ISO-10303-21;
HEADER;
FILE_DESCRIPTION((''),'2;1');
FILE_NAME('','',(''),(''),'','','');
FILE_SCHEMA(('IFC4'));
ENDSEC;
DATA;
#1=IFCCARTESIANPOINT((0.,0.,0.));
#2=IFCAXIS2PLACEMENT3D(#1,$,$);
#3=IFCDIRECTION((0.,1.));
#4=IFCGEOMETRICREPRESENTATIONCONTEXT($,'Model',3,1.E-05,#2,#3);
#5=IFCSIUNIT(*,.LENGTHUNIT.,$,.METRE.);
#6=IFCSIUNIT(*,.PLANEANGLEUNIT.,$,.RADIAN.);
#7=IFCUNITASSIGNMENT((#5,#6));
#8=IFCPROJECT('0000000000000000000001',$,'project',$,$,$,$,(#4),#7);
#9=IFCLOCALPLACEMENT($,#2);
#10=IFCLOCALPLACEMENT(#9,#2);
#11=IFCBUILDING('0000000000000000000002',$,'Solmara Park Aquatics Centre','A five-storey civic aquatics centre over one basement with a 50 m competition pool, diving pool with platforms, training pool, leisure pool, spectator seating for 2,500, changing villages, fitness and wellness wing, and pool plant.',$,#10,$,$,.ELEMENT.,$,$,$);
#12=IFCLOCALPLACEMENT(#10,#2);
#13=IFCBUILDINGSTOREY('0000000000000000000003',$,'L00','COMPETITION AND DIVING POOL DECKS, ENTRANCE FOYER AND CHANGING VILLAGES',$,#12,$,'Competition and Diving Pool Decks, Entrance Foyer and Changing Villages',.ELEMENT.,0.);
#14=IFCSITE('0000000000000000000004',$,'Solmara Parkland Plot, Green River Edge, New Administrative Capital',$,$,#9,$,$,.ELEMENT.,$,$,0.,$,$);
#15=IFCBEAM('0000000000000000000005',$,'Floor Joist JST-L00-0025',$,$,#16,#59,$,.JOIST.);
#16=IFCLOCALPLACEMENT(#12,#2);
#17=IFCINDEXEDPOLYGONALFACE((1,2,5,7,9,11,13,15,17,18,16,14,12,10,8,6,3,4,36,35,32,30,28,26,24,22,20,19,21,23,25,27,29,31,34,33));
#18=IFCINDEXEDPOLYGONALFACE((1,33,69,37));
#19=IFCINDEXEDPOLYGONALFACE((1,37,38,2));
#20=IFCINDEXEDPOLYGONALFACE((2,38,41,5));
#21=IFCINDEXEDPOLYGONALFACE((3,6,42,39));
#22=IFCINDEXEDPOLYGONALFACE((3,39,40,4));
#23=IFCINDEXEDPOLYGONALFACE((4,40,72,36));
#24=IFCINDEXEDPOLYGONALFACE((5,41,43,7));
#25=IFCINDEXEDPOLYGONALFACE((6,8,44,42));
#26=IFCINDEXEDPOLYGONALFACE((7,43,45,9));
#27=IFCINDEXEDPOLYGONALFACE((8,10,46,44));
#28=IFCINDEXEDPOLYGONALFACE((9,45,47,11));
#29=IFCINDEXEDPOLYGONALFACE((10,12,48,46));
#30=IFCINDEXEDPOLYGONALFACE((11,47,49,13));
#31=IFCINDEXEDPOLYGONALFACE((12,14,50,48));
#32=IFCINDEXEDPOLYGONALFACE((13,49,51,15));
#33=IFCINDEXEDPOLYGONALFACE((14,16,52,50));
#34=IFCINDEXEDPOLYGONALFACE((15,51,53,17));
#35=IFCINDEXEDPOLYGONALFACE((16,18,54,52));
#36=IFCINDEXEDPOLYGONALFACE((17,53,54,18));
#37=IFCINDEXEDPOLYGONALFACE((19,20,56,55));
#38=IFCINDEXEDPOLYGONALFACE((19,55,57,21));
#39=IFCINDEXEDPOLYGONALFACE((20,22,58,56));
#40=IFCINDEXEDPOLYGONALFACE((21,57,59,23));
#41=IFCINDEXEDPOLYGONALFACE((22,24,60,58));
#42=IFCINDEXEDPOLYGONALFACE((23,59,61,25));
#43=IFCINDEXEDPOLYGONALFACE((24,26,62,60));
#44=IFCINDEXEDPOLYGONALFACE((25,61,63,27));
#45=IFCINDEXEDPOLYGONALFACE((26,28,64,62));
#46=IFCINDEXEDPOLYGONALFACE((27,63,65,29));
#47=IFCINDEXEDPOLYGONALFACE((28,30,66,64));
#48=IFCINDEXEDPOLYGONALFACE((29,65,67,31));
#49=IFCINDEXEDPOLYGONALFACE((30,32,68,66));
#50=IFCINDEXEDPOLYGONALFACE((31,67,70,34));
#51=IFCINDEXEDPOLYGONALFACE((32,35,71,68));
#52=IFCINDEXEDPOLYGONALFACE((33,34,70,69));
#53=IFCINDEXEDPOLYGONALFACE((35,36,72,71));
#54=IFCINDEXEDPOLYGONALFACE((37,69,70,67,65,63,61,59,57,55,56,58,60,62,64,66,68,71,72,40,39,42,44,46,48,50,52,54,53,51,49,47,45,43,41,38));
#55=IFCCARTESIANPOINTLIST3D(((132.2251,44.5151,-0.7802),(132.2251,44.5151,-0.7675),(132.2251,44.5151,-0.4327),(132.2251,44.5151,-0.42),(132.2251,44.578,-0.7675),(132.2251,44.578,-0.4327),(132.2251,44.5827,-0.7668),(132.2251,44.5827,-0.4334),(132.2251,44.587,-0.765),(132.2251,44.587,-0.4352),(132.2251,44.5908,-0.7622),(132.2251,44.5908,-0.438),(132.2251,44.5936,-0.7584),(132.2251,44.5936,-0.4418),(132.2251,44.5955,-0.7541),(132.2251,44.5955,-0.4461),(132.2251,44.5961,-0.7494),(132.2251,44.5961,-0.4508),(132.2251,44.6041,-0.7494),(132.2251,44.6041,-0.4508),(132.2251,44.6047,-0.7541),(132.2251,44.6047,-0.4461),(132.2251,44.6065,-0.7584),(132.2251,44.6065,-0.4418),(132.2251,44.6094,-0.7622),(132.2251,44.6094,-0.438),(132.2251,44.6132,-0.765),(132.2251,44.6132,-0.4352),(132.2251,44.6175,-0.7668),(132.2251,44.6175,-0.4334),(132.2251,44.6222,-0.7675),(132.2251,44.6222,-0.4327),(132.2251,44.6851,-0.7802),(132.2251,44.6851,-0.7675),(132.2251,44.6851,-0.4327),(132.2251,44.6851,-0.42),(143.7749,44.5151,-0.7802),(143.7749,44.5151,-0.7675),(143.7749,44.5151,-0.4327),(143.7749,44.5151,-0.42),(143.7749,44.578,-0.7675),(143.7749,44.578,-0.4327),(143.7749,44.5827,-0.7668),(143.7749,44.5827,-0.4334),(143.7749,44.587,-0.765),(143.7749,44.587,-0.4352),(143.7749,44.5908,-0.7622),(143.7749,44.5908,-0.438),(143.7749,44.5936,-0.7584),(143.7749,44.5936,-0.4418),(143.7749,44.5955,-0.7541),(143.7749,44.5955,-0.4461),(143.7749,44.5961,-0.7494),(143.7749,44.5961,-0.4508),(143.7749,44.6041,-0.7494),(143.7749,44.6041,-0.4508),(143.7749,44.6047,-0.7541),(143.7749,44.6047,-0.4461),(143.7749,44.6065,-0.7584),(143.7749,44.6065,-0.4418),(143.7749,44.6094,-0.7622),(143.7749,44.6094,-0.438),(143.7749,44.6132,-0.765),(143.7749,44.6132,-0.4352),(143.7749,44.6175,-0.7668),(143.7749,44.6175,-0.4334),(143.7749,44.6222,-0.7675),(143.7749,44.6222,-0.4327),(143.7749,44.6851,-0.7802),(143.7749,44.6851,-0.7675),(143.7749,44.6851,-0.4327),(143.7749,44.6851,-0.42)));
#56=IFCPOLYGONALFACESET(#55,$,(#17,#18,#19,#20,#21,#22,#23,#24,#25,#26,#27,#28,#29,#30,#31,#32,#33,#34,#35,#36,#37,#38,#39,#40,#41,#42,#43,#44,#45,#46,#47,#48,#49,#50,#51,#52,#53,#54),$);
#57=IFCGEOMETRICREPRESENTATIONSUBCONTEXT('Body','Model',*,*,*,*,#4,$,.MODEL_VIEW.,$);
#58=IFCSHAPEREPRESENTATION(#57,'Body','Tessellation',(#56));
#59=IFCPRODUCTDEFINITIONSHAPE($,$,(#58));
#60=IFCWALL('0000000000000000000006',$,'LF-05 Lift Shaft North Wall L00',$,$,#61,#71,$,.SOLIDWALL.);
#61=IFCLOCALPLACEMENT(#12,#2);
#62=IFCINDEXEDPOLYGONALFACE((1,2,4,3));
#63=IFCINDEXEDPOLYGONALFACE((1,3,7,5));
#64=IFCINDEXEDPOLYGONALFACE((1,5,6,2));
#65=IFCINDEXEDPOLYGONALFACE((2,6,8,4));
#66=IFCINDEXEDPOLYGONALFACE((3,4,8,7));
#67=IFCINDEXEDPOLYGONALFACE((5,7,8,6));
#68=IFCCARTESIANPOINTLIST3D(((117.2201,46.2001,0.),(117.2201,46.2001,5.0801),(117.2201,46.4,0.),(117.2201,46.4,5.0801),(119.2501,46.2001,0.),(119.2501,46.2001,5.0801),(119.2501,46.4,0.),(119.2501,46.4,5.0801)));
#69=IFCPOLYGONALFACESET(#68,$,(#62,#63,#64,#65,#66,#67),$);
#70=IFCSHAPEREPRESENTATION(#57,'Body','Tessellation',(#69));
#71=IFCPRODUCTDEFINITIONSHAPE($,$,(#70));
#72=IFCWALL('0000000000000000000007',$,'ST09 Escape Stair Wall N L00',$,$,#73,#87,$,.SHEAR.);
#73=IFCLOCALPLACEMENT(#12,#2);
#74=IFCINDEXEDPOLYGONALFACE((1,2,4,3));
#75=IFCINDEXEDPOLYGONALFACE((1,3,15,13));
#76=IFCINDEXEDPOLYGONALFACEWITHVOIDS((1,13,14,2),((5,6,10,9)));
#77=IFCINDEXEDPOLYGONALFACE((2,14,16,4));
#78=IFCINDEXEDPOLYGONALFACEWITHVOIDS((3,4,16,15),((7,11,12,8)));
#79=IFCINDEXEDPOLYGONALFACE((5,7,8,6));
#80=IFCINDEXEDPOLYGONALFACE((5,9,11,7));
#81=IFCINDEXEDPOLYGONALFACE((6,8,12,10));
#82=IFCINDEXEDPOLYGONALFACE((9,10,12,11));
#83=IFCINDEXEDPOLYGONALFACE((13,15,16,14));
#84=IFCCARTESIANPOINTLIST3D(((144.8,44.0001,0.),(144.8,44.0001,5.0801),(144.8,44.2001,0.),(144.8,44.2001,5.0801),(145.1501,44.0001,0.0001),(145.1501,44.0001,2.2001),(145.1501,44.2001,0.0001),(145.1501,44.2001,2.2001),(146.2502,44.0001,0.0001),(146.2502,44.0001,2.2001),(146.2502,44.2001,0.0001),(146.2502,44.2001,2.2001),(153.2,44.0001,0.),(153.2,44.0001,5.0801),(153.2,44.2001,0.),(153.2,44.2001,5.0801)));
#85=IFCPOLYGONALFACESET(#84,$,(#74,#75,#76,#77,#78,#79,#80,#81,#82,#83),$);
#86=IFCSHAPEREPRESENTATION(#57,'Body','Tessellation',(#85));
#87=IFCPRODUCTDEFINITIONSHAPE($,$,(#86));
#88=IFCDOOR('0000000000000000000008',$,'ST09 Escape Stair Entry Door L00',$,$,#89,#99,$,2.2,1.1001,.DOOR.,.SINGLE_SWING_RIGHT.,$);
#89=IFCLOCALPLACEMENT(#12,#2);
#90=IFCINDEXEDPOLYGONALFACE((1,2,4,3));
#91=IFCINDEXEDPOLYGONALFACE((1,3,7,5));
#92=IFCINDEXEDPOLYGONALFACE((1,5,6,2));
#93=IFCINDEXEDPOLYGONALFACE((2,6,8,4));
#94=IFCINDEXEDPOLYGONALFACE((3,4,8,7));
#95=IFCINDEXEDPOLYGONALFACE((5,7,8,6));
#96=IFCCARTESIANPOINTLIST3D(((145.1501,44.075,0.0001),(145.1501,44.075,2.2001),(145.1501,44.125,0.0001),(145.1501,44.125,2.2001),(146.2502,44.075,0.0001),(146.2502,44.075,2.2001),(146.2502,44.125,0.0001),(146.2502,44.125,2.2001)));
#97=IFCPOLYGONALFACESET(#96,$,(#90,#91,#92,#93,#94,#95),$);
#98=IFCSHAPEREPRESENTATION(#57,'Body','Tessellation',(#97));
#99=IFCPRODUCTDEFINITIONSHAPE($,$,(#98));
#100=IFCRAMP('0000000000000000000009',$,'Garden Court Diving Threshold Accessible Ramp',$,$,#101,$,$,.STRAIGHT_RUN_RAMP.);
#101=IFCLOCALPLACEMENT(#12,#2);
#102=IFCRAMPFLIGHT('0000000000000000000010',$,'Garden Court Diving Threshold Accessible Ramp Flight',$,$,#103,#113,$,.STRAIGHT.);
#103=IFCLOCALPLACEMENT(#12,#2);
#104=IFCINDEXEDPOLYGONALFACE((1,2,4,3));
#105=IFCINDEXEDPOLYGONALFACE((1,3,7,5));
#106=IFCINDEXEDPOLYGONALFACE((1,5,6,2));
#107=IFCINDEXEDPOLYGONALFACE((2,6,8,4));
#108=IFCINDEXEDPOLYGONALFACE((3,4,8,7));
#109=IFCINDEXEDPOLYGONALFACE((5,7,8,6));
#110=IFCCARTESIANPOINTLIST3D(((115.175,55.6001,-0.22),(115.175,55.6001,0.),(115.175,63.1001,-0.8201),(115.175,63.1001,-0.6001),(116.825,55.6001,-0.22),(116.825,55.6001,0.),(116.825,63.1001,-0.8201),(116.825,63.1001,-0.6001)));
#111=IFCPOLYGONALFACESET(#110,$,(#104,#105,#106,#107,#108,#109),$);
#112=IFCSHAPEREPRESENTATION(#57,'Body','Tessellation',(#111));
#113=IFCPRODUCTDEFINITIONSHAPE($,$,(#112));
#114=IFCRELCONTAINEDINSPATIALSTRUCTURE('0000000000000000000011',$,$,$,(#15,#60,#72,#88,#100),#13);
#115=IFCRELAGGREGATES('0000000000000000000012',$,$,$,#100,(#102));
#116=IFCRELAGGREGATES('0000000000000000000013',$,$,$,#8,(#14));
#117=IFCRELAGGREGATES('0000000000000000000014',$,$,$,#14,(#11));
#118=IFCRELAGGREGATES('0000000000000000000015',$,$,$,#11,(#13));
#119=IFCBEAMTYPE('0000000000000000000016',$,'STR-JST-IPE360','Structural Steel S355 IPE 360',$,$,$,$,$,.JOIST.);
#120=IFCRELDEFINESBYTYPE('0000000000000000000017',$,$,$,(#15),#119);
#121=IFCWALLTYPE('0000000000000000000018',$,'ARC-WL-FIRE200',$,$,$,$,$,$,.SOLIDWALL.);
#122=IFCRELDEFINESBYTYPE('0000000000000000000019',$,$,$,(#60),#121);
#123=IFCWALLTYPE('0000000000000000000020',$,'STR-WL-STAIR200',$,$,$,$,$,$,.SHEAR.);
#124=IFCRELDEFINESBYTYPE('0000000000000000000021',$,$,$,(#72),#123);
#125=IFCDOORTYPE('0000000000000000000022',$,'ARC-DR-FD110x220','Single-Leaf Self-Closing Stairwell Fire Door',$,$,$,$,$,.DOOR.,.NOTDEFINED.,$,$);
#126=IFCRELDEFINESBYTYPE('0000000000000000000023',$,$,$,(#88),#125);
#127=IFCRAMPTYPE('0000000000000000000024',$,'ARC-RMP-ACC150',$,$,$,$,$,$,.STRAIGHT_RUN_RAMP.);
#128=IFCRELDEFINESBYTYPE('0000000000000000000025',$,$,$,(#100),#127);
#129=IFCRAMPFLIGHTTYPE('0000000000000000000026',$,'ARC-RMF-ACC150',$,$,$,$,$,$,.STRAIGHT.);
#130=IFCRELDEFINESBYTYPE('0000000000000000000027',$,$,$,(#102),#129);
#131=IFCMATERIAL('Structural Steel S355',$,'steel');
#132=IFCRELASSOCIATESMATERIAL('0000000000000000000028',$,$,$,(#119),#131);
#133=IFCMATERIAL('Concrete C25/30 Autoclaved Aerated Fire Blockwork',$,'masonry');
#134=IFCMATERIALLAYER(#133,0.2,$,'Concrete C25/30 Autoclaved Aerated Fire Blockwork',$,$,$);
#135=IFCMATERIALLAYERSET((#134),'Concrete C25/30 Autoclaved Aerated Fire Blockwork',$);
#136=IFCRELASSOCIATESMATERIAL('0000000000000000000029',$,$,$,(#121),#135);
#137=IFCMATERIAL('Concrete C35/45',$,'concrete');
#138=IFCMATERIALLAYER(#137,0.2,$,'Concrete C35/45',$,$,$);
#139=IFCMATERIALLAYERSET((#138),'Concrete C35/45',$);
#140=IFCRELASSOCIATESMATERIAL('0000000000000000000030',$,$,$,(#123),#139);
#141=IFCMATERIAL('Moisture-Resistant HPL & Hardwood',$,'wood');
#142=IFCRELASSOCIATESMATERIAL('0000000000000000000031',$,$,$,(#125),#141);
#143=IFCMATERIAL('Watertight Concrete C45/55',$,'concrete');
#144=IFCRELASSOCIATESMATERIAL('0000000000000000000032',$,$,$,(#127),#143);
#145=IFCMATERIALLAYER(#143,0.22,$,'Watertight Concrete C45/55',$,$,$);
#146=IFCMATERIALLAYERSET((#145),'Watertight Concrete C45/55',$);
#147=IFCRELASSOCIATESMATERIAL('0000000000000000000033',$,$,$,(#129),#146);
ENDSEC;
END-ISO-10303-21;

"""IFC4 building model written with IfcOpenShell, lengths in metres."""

from ifc_helpers import new_model, si_unit, direction, frame, frame_2d, origin, origin_2d, place, context, subcontext, project, spatial, polyline, rectangle, i_section, outline, extrude, material, layer, layer_set, material_profile, profile_set, type_object, element, fill, aggregate, save


model = new_model("IFC4")

# Units and contexts
model_context = context("Model", 3, precision=1e-05, world=origin(), true_north=direction((0.0, 1.0)))
body_context = subcontext(model_context, "Body", "Model", "MODEL_VIEW")
ifc_project = project(units=[si_unit("LENGTHUNIT", "METRE"), si_unit("PLANEANGLEUNIT", "RADIAN")], contexts=[model_context])

# Site, building, storey
site_placement = place(None, origin())
site = spatial("IfcSite", under=ifc_project, at=site_placement, Name="Solmara Parkland Plot, Green River Edge, New Administrative Capital", CompositionType="ELEMENT", RefElevation=0.0)
building_placement = place(site_placement, origin())
building = spatial("IfcBuilding", under=site, at=building_placement, Name="Solmara Park Aquatics Centre", Description="A five-storey civic aquatics centre over one basement with a 50 m competition pool, diving pool with platforms, training pool, leisure pool, spectator seating for 2,500, changing villages, fitness and wellness wing, and pool plant.", CompositionType="ELEMENT")
storey_placement = place(building_placement, origin())
storey = spatial("IfcBuildingStorey", under=building, at=storey_placement, Name="L00", Description="COMPETITION AND DIVING POOL DECKS, ENTRANCE FOYER AND CHANGING VILLAGES", LongName="Competition and Diving Pool Decks, Entrance Foyer and Changing Villages", CompositionType="ELEMENT", Elevation=0.0)

# Beam
ifc_material_1 = material(Name="Structural Steel S355", Category="steel")
ifc_material_profile_1 = material_profile(ifc_material_1, i_section(OverallWidth=0.1699, OverallDepth=0.3601, WebThickness=0.0081, FlangeThickness=0.0127, FilletRadius=0.0181, at=origin_2d()), Name="IPE 360")
ifc_profile_set_1 = profile_set([ifc_material_profile_1], Name="Structural Steel S355")
beam_type_1 = type_object("IfcBeamType", Name="STR-JST-IPE360", Description="Structural Steel S355 IPE 360", PredefinedType="JOIST", material=ifc_profile_set_1)
for number, where, z_axis, x_axis, name in (
    (1, (132.2251, 44.6001, -0.6001), (1.0, 0.0, 0.0), (0.0, 1.0, 0.0), "Floor Joist JST-L00-0025"),
):
    element("IfcBeam", number, at=place(storey_placement, frame(where, z_axis=z_axis, x_axis=x_axis)), inside=storey, type_object=beam_type_1, Name=name, PredefinedType="JOIST", context=body_context, shape_type="SweptSolid", body=[
        extrude(i_section(OverallWidth=0.1699, OverallDepth=0.3601, WebThickness=0.0081, FlangeThickness=0.0127, FilletRadius=0.0181, at=origin_2d()), origin(), (0.0, 0.0, 1.0), 11.5498),
    ])

# Wall
ifc_material_2 = material(Name="Concrete C25/30 Autoclaved Aerated Fire Blockwork", Category="masonry")
ifc_layer_1 = layer(ifc_material_2, 0.2, Name="Concrete C25/30 Autoclaved Aerated Fire Blockwork")
ifc_layer_set_1 = layer_set([ifc_layer_1], Name="Concrete C25/30 Autoclaved Aerated Fire Blockwork")
wall_type_1 = type_object("IfcWallType", Name="ARC-WL-FIRE200", PredefinedType="SOLIDWALL", material=ifc_layer_set_1)
wall_1_placement = place(storey_placement, frame((117.22, 46.3, 0.0), z_axis=(0.0, 0.0, 1.0), x_axis=(1.0, 0.0, 0.0)))
element("IfcWall", 2, at=wall_1_placement, inside=storey, type_object=wall_type_1, Name="LF-05 Lift Shaft North Wall L00", PredefinedType="SOLIDWALL", context=body_context, shape_type="SweptSolid", body=[
    extrude(rectangle(XDim=2.03, YDim=0.2, at=frame_2d((1.0151, 0.0))), origin(), (0.0, 0.0, 1.0), 5.0801),
])

# Wall, opening, door
ifc_material_3 = material(Name="Concrete C35/45", Category="concrete")
ifc_layer_2 = layer(ifc_material_3, 0.2, Name="Concrete C35/45")
ifc_layer_set_2 = layer_set([ifc_layer_2], Name="Concrete C35/45")
wall_type_2 = type_object("IfcWallType", Name="STR-WL-STAIR200", PredefinedType="SHEAR", material=ifc_layer_set_2)
wall_2_placement = place(storey_placement, frame((144.8, 44.1001, 0.0), z_axis=(0.0, 0.0, 1.0), x_axis=(1.0, 0.0, 0.0)))
wall_2 = element("IfcWall", 3, at=wall_2_placement, inside=storey, type_object=wall_type_2, Name="ST09 Escape Stair Wall N L00", PredefinedType="SHEAR", context=body_context, shape_type="SweptSolid", body=[
    extrude(rectangle(XDim=8.3999, YDim=0.2, at=frame_2d((4.2, 0.0))), origin(), (0.0, 0.0, 1.0), 5.0801),
])
opening_placement = place(wall_2_placement, frame((0.3501, 0.0, 0.0)))
opening = element("IfcOpeningElement", 4, at=opening_placement, cuts=wall_2, PredefinedType="OPENING", context=body_context, shape_type="SweptSolid", body=[
    extrude(rectangle(XDim=1.1001, YDim=2.2, at=frame_2d((0.55, 1.1001))), frame((0.0, 0.1099, 0.0), z_axis=(0.0, -1.0, 0.0), x_axis=(1.0, 0.0, 0.0)), (0.0, 0.0, 1.0), 0.22),
])
ifc_material_4 = material(Name="Moisture-Resistant HPL & Hardwood", Category="wood")
door_type = type_object("IfcDoorType", Name="ARC-DR-FD110x220", Description="Single-Leaf Self-Closing Stairwell Fire Door", OperationType="NOTDEFINED", PredefinedType="DOOR", material=ifc_material_4)
door_placement = place(opening_placement, origin())
door = element("IfcDoor", 5, at=door_placement, inside=storey, type_object=door_type, Name="ST09 Escape Stair Entry Door L00", OperationType="SINGLE_SWING_RIGHT", OverallHeight=2.2, OverallWidth=1.1001, PredefinedType="DOOR", context=body_context, shape_type="SweptSolid", body=[
    extrude(rectangle(XDim=1.1001, YDim=2.2, at=frame_2d((0.55, 1.1001))), frame((0.0, 0.0249, 0.0), z_axis=(0.0, -1.0, 0.0), x_axis=(1.0, 0.0, 0.0)), (0.0, 0.0, 1.0), 0.05),
])
fill(opening, door)

# Ramp, ramp flight
ifc_material_5 = material(Name="Watertight Concrete C45/55", Category="concrete")
ramp_type = type_object("IfcRampType", Name="ARC-RMP-ACC150", PredefinedType="STRAIGHT_RUN_RAMP", material=ifc_material_5)
ramp_placement = place(storey_placement, origin())
ramp = element("IfcRamp", 6, at=ramp_placement, inside=storey, type_object=ramp_type, Name="Garden Court Diving Threshold Accessible Ramp", PredefinedType="STRAIGHT_RUN_RAMP")
ifc_layer_3 = layer(ifc_material_5, 0.22, Name="Watertight Concrete C45/55")
ifc_layer_set_3 = layer_set([ifc_layer_3], Name="Watertight Concrete C45/55")
ramp_flight_type = type_object("IfcRampFlightType", Name="ARC-RMF-ACC150", PredefinedType="STRAIGHT", material=ifc_layer_set_3)
ramp_flight_placement = place(storey_placement, frame((116.0, 63.1001, -0.6001), z_axis=(0.0, 0.0, 1.0), x_axis=(0.0, -1.0, 0.0)))
ramp_flight = element("IfcRampFlight", 7, at=ramp_flight_placement, type_object=ramp_flight_type, Name="Garden Court Diving Threshold Accessible Ramp Flight", PredefinedType="STRAIGHT", context=body_context, shape_type="SweptSolid", body=[
    extrude(outline(polyline([(0.0, 0.0), (0.0, -0.22), (7.5, 0.3801), (7.5, 0.6001), (0.0, 0.0)])), frame((0.0, 0.825, 0.0), z_axis=(0.0, -1.0, 0.0), x_axis=(1.0, 0.0, 0.0)), (0.0, 0.0, 1.0), 1.6499),
])
aggregate(ramp, [ramp_flight])

save(model, "model.ifc")
